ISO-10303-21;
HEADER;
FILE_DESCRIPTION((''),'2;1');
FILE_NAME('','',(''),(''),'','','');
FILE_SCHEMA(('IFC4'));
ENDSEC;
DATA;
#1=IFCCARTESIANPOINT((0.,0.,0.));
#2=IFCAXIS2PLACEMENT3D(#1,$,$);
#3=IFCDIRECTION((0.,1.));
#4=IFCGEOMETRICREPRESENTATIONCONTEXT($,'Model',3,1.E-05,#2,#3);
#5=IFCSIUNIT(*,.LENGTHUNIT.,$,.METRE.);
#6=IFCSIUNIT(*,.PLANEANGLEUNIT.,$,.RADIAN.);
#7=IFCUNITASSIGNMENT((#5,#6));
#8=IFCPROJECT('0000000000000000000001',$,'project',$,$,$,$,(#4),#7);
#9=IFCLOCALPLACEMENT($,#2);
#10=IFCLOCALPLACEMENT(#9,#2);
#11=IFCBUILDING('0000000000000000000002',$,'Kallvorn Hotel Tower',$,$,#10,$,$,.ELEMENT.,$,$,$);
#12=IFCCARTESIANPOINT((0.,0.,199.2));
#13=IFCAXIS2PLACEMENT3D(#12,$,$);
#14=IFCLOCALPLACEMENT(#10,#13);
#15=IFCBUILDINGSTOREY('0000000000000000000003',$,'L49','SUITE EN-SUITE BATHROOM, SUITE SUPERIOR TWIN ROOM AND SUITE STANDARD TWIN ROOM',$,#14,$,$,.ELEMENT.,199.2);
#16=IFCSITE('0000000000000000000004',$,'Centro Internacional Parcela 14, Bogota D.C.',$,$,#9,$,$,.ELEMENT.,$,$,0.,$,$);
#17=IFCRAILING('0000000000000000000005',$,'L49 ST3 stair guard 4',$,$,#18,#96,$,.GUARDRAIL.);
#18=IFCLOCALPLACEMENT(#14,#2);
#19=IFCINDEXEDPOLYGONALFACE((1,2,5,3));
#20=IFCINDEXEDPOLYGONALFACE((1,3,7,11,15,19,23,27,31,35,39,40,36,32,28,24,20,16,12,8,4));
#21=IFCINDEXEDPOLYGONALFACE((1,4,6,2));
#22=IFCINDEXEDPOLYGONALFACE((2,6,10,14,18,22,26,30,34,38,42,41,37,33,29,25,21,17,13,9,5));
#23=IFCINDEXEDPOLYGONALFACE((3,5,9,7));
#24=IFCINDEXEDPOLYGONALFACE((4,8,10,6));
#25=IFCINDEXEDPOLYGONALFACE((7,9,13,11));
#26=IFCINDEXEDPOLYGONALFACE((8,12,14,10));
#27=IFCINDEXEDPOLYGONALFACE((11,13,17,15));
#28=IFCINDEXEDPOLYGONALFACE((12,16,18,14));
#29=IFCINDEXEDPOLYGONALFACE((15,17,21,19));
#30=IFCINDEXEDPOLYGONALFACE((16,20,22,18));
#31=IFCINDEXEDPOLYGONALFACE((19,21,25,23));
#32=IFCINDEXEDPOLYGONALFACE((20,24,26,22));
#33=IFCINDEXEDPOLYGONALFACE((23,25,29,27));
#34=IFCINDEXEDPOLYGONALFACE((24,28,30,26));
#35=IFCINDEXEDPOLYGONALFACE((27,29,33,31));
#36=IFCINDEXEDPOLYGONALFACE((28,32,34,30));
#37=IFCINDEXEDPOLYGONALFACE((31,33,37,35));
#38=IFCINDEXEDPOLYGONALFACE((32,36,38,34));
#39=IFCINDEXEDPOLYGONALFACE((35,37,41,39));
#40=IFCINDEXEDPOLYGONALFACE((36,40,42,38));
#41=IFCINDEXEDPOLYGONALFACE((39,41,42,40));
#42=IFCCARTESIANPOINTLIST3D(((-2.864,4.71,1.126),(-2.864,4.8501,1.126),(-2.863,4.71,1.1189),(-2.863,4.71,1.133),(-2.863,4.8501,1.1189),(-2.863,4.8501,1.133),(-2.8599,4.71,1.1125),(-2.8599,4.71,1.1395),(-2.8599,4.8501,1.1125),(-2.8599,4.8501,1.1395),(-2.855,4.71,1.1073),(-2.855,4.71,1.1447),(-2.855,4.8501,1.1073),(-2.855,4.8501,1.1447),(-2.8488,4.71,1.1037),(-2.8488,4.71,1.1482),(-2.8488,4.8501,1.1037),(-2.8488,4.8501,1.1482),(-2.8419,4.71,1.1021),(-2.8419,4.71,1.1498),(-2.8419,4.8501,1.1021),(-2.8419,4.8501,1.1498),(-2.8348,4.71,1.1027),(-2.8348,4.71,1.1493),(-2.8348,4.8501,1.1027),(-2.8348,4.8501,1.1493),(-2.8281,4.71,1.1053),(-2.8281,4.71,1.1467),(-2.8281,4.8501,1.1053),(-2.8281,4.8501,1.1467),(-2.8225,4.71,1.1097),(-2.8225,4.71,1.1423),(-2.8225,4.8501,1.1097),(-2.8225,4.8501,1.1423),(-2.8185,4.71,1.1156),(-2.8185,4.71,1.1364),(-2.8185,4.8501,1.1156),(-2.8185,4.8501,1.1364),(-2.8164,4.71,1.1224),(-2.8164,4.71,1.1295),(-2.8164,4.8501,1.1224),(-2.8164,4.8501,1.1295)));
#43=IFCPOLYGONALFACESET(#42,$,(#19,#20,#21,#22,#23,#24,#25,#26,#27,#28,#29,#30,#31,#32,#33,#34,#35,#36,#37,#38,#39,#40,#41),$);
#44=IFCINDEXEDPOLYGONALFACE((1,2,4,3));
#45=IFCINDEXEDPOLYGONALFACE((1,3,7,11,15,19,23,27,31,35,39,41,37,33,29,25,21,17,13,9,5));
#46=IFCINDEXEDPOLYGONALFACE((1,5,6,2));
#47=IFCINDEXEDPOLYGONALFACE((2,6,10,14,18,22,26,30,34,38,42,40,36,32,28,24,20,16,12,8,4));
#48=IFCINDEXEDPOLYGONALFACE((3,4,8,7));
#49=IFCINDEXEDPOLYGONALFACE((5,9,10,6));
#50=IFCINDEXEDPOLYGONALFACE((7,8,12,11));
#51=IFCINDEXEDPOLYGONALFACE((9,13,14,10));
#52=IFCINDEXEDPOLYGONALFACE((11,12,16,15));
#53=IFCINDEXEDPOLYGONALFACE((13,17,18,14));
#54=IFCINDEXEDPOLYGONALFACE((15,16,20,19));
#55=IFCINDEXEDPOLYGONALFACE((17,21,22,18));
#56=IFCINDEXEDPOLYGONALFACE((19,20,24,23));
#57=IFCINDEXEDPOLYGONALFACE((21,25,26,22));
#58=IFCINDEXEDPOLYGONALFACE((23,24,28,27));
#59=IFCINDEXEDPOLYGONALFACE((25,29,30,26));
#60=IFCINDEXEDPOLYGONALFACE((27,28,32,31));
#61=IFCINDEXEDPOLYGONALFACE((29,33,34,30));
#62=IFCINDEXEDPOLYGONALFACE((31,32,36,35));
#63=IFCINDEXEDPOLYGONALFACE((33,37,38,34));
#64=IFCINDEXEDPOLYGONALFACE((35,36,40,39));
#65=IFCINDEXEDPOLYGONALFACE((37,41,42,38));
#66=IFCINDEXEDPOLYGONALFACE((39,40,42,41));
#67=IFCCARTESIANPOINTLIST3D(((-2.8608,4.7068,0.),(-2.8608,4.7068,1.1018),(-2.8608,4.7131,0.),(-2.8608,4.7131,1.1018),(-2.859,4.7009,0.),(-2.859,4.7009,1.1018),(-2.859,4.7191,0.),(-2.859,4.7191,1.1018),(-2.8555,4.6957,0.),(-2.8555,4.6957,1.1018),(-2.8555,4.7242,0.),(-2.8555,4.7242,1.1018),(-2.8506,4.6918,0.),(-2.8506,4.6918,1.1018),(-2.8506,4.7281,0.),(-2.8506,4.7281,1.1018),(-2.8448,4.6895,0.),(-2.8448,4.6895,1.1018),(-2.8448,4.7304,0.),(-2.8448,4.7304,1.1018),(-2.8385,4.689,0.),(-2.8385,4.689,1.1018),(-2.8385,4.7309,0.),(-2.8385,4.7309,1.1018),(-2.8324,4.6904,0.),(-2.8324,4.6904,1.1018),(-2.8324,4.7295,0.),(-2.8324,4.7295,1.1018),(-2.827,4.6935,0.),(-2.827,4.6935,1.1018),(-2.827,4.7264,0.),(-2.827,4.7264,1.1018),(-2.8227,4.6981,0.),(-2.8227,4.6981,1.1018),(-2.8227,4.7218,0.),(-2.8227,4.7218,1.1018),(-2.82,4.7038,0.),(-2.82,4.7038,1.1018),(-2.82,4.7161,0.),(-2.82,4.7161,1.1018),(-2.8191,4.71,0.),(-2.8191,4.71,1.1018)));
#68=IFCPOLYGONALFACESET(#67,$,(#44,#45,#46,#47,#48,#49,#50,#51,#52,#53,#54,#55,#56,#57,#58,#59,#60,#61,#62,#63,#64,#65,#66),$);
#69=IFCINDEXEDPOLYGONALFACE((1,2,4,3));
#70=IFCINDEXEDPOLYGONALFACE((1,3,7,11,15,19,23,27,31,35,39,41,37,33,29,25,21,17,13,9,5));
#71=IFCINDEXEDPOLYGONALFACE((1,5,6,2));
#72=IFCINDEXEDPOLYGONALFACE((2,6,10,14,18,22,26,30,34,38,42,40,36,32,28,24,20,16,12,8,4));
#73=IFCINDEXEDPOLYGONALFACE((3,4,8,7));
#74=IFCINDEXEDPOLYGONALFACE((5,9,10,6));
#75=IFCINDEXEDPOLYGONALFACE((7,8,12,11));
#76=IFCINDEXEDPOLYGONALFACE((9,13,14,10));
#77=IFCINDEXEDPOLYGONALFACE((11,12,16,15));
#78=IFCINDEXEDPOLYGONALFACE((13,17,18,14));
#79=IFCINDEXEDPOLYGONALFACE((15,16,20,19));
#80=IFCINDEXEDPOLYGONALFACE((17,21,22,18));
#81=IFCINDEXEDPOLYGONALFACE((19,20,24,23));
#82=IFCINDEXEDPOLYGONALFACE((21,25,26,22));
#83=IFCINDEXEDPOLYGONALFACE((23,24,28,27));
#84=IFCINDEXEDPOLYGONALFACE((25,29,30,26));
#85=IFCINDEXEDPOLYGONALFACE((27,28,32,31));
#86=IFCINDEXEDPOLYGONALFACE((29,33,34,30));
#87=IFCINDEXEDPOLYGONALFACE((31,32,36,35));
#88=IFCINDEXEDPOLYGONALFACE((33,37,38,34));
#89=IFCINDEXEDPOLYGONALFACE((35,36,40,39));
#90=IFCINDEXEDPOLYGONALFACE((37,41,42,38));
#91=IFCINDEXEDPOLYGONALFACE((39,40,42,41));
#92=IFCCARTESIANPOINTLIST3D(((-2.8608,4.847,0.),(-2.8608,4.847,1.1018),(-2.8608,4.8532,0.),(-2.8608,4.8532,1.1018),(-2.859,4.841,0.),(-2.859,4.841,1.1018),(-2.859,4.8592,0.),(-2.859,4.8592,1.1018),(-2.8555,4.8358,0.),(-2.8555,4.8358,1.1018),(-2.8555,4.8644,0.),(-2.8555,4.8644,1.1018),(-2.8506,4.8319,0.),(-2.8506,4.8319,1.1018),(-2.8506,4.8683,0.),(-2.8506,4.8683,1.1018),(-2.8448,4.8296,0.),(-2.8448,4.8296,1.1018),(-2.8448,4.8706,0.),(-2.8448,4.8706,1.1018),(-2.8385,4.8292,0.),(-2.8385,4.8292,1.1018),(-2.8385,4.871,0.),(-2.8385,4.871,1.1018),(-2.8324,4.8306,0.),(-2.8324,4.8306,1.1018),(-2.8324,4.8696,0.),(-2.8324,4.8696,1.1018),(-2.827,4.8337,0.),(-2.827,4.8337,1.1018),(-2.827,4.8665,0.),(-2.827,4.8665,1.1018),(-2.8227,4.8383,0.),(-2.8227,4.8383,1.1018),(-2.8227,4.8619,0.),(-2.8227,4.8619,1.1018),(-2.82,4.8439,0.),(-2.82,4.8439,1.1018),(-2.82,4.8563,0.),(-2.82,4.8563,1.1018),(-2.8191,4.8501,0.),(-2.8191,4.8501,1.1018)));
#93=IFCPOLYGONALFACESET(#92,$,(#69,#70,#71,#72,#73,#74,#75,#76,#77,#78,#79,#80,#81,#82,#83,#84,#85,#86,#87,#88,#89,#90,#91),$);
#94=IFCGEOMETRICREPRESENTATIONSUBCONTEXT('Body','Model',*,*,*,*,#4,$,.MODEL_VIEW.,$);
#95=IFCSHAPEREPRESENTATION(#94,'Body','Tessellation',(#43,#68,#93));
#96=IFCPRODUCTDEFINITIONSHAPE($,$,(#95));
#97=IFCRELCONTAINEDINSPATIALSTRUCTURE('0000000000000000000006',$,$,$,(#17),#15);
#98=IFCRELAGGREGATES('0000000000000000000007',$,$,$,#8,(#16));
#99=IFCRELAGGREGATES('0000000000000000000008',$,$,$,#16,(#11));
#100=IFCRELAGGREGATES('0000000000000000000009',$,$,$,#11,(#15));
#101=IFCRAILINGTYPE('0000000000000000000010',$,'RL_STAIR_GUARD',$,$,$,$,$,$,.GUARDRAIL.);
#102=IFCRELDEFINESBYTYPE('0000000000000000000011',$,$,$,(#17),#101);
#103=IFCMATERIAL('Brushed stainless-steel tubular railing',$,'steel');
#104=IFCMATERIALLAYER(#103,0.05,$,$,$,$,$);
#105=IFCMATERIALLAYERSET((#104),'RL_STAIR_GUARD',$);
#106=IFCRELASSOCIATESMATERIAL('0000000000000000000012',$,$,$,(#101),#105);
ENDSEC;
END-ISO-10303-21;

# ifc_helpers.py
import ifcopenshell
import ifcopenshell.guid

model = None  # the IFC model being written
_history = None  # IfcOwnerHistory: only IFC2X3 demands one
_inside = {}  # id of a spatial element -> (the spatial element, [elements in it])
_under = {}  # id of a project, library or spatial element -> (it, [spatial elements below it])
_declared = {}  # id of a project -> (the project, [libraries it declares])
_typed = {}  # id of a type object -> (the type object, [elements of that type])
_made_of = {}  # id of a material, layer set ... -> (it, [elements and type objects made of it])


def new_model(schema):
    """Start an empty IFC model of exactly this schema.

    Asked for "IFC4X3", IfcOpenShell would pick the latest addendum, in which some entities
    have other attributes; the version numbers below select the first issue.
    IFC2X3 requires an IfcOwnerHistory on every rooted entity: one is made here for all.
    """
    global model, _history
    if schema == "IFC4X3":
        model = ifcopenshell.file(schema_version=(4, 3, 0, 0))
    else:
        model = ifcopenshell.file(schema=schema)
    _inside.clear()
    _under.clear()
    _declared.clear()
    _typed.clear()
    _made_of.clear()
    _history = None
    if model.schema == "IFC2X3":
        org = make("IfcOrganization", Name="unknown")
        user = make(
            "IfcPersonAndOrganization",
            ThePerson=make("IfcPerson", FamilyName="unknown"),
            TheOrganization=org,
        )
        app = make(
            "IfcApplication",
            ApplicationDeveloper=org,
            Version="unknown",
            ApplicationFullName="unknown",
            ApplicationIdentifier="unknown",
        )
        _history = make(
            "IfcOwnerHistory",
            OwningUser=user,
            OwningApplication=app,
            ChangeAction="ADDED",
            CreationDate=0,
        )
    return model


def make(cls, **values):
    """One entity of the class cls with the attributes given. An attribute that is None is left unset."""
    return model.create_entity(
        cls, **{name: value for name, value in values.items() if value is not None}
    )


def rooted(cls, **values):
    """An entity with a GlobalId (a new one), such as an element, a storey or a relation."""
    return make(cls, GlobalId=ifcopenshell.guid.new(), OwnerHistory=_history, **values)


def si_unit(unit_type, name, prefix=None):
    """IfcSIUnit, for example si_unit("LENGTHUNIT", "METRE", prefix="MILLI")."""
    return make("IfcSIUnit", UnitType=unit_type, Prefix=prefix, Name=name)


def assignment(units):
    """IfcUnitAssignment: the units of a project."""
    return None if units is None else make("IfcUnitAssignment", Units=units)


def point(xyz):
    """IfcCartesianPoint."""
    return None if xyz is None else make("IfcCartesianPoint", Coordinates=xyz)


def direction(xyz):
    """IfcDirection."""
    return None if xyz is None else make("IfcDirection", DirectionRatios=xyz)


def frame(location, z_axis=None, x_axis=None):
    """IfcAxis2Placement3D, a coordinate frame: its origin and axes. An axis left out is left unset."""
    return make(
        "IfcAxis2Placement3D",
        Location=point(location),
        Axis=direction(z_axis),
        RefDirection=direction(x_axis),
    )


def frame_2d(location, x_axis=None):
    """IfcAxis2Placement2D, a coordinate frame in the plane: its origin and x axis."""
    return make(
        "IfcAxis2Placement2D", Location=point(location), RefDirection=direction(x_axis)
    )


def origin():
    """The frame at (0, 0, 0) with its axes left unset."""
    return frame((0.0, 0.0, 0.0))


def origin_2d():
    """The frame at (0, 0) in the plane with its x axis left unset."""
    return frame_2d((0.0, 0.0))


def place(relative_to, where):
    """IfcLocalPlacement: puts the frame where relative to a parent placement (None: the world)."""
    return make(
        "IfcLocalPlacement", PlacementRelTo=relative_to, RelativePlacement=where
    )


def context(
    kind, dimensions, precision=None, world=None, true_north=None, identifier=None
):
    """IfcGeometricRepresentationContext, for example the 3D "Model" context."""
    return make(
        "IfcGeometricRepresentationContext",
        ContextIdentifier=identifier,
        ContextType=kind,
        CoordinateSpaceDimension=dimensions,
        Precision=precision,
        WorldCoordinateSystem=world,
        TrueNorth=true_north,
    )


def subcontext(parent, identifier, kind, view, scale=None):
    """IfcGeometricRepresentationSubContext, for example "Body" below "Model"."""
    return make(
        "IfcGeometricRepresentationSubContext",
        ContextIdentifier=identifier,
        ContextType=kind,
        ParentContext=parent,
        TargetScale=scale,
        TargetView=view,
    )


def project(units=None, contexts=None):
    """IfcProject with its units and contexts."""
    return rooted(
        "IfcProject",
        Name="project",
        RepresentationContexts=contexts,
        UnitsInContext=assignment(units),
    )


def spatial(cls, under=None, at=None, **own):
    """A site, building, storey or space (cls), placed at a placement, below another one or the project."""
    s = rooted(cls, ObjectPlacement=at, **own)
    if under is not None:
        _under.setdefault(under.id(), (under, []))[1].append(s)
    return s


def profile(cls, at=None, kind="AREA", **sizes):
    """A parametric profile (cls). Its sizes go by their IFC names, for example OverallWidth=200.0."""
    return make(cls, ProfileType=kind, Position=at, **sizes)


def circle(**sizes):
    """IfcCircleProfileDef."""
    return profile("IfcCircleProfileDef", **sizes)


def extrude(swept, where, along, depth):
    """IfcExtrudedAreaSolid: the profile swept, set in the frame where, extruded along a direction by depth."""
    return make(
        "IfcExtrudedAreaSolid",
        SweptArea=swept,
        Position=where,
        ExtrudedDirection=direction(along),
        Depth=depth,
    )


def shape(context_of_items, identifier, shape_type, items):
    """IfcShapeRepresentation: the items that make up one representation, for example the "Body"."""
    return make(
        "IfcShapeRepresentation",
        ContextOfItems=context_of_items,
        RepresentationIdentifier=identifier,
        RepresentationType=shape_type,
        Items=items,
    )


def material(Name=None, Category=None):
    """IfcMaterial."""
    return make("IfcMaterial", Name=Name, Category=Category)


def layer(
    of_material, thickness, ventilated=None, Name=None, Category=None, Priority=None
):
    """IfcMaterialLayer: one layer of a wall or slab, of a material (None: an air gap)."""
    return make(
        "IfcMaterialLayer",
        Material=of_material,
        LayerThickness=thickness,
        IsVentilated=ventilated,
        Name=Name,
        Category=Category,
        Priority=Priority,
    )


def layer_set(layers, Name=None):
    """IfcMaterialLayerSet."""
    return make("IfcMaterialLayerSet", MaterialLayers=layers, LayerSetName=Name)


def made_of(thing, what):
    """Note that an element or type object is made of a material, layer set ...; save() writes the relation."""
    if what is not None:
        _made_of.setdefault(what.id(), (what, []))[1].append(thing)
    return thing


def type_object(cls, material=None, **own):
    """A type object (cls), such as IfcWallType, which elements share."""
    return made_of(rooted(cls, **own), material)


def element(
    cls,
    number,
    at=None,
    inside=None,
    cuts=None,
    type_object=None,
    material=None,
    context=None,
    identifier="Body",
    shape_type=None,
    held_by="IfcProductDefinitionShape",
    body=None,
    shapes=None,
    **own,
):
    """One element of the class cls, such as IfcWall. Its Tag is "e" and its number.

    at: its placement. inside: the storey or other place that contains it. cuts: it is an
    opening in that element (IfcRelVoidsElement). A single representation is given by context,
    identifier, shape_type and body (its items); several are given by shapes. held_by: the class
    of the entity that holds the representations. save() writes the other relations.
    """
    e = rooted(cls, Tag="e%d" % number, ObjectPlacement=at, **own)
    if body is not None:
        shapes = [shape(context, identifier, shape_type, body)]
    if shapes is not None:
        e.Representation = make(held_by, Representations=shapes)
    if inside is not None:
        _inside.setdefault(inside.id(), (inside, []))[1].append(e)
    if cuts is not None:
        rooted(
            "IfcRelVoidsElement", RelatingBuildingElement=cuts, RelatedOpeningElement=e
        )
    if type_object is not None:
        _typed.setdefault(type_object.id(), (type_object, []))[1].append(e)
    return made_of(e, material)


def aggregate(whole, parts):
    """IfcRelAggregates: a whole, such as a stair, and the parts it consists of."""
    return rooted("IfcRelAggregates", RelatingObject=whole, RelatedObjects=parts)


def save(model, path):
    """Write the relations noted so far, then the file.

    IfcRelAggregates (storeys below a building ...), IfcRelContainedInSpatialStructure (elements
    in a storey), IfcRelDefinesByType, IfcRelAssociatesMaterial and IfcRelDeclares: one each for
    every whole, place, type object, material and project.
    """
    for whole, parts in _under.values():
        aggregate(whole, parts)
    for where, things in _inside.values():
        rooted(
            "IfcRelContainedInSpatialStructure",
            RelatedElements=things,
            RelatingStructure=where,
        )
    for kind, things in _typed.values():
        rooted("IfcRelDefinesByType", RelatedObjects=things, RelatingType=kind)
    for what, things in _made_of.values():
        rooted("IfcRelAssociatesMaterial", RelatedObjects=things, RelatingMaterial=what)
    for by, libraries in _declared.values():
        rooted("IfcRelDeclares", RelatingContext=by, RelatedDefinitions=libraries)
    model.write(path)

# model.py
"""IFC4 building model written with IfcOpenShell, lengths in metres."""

from ifc_helpers import new_model, si_unit, direction, frame, origin, origin_2d, place, context, subcontext, project, spatial, circle, extrude, material, layer, layer_set, type_object, element, save


model = new_model("IFC4")

# Units and contexts
model_context = context("Model", 3, precision=1e-05, world=origin(), true_north=direction((0.0, 1.0)))
body_context = subcontext(model_context, "Body", "Model", "MODEL_VIEW")
ifc_project = project(units=[si_unit("LENGTHUNIT", "METRE"), si_unit("PLANEANGLEUNIT", "RADIAN")], contexts=[model_context])

# Site, building, storey
site_placement = place(None, origin())
site = spatial("IfcSite", under=ifc_project, at=site_placement, Name="Centro Internacional Parcela 14, Bogota D.C.", CompositionType="ELEMENT", RefElevation=0.0)
building_placement = place(site_placement, origin())
building = spatial("IfcBuilding", under=site, at=building_placement, Name="Kallvorn Hotel Tower", CompositionType="ELEMENT")
storey_placement = place(building_placement, frame((0.0, 0.0, 199.2)))
storey = spatial("IfcBuildingStorey", under=building, at=storey_placement, Name="L49", Description="SUITE EN-SUITE BATHROOM, SUITE SUPERIOR TWIN ROOM AND SUITE STANDARD TWIN ROOM", CompositionType="ELEMENT", Elevation=199.2)

# Railing
ifc_material_1 = material(Name="Brushed stainless-steel tubular railing", Category="steel")
ifc_layer_1 = layer(ifc_material_1, 0.05)
ifc_layer_set_1 = layer_set([ifc_layer_1], Name="RL_STAIR_GUARD")
railing_type_1 = type_object("IfcRailingType", Name="RL_STAIR_GUARD", PredefinedType="GUARDRAIL", material=ifc_layer_set_1)
railing_1_placement = place(storey_placement, frame((-2.8401, 4.71, 0.0)))
element("IfcRailing", 1, at=railing_1_placement, inside=storey, type_object=railing_type_1, Name="L49 ST3 stair guard 4", PredefinedType="GUARDRAIL", context=body_context, shape_type="SweptSolid", body=[
    extrude(circle(Radius=0.0239, at=origin_2d()), frame((0.0, 0.0, 1.126), z_axis=(0.0, 1.0, 0.0), x_axis=(-1.0, 0.0, 0.0)), (0.0, 0.0, 1.0), 0.1401),
    extrude(circle(Radius=0.021, at=origin_2d()), origin(), (0.0, 0.0, 1.0), 1.1018),
    extrude(circle(Radius=0.021, at=origin_2d()), frame((0.0, 0.1401, 0.0)), (0.0, 0.0, 1.0), 1.1018),
])

save(model, "model.ifc")
